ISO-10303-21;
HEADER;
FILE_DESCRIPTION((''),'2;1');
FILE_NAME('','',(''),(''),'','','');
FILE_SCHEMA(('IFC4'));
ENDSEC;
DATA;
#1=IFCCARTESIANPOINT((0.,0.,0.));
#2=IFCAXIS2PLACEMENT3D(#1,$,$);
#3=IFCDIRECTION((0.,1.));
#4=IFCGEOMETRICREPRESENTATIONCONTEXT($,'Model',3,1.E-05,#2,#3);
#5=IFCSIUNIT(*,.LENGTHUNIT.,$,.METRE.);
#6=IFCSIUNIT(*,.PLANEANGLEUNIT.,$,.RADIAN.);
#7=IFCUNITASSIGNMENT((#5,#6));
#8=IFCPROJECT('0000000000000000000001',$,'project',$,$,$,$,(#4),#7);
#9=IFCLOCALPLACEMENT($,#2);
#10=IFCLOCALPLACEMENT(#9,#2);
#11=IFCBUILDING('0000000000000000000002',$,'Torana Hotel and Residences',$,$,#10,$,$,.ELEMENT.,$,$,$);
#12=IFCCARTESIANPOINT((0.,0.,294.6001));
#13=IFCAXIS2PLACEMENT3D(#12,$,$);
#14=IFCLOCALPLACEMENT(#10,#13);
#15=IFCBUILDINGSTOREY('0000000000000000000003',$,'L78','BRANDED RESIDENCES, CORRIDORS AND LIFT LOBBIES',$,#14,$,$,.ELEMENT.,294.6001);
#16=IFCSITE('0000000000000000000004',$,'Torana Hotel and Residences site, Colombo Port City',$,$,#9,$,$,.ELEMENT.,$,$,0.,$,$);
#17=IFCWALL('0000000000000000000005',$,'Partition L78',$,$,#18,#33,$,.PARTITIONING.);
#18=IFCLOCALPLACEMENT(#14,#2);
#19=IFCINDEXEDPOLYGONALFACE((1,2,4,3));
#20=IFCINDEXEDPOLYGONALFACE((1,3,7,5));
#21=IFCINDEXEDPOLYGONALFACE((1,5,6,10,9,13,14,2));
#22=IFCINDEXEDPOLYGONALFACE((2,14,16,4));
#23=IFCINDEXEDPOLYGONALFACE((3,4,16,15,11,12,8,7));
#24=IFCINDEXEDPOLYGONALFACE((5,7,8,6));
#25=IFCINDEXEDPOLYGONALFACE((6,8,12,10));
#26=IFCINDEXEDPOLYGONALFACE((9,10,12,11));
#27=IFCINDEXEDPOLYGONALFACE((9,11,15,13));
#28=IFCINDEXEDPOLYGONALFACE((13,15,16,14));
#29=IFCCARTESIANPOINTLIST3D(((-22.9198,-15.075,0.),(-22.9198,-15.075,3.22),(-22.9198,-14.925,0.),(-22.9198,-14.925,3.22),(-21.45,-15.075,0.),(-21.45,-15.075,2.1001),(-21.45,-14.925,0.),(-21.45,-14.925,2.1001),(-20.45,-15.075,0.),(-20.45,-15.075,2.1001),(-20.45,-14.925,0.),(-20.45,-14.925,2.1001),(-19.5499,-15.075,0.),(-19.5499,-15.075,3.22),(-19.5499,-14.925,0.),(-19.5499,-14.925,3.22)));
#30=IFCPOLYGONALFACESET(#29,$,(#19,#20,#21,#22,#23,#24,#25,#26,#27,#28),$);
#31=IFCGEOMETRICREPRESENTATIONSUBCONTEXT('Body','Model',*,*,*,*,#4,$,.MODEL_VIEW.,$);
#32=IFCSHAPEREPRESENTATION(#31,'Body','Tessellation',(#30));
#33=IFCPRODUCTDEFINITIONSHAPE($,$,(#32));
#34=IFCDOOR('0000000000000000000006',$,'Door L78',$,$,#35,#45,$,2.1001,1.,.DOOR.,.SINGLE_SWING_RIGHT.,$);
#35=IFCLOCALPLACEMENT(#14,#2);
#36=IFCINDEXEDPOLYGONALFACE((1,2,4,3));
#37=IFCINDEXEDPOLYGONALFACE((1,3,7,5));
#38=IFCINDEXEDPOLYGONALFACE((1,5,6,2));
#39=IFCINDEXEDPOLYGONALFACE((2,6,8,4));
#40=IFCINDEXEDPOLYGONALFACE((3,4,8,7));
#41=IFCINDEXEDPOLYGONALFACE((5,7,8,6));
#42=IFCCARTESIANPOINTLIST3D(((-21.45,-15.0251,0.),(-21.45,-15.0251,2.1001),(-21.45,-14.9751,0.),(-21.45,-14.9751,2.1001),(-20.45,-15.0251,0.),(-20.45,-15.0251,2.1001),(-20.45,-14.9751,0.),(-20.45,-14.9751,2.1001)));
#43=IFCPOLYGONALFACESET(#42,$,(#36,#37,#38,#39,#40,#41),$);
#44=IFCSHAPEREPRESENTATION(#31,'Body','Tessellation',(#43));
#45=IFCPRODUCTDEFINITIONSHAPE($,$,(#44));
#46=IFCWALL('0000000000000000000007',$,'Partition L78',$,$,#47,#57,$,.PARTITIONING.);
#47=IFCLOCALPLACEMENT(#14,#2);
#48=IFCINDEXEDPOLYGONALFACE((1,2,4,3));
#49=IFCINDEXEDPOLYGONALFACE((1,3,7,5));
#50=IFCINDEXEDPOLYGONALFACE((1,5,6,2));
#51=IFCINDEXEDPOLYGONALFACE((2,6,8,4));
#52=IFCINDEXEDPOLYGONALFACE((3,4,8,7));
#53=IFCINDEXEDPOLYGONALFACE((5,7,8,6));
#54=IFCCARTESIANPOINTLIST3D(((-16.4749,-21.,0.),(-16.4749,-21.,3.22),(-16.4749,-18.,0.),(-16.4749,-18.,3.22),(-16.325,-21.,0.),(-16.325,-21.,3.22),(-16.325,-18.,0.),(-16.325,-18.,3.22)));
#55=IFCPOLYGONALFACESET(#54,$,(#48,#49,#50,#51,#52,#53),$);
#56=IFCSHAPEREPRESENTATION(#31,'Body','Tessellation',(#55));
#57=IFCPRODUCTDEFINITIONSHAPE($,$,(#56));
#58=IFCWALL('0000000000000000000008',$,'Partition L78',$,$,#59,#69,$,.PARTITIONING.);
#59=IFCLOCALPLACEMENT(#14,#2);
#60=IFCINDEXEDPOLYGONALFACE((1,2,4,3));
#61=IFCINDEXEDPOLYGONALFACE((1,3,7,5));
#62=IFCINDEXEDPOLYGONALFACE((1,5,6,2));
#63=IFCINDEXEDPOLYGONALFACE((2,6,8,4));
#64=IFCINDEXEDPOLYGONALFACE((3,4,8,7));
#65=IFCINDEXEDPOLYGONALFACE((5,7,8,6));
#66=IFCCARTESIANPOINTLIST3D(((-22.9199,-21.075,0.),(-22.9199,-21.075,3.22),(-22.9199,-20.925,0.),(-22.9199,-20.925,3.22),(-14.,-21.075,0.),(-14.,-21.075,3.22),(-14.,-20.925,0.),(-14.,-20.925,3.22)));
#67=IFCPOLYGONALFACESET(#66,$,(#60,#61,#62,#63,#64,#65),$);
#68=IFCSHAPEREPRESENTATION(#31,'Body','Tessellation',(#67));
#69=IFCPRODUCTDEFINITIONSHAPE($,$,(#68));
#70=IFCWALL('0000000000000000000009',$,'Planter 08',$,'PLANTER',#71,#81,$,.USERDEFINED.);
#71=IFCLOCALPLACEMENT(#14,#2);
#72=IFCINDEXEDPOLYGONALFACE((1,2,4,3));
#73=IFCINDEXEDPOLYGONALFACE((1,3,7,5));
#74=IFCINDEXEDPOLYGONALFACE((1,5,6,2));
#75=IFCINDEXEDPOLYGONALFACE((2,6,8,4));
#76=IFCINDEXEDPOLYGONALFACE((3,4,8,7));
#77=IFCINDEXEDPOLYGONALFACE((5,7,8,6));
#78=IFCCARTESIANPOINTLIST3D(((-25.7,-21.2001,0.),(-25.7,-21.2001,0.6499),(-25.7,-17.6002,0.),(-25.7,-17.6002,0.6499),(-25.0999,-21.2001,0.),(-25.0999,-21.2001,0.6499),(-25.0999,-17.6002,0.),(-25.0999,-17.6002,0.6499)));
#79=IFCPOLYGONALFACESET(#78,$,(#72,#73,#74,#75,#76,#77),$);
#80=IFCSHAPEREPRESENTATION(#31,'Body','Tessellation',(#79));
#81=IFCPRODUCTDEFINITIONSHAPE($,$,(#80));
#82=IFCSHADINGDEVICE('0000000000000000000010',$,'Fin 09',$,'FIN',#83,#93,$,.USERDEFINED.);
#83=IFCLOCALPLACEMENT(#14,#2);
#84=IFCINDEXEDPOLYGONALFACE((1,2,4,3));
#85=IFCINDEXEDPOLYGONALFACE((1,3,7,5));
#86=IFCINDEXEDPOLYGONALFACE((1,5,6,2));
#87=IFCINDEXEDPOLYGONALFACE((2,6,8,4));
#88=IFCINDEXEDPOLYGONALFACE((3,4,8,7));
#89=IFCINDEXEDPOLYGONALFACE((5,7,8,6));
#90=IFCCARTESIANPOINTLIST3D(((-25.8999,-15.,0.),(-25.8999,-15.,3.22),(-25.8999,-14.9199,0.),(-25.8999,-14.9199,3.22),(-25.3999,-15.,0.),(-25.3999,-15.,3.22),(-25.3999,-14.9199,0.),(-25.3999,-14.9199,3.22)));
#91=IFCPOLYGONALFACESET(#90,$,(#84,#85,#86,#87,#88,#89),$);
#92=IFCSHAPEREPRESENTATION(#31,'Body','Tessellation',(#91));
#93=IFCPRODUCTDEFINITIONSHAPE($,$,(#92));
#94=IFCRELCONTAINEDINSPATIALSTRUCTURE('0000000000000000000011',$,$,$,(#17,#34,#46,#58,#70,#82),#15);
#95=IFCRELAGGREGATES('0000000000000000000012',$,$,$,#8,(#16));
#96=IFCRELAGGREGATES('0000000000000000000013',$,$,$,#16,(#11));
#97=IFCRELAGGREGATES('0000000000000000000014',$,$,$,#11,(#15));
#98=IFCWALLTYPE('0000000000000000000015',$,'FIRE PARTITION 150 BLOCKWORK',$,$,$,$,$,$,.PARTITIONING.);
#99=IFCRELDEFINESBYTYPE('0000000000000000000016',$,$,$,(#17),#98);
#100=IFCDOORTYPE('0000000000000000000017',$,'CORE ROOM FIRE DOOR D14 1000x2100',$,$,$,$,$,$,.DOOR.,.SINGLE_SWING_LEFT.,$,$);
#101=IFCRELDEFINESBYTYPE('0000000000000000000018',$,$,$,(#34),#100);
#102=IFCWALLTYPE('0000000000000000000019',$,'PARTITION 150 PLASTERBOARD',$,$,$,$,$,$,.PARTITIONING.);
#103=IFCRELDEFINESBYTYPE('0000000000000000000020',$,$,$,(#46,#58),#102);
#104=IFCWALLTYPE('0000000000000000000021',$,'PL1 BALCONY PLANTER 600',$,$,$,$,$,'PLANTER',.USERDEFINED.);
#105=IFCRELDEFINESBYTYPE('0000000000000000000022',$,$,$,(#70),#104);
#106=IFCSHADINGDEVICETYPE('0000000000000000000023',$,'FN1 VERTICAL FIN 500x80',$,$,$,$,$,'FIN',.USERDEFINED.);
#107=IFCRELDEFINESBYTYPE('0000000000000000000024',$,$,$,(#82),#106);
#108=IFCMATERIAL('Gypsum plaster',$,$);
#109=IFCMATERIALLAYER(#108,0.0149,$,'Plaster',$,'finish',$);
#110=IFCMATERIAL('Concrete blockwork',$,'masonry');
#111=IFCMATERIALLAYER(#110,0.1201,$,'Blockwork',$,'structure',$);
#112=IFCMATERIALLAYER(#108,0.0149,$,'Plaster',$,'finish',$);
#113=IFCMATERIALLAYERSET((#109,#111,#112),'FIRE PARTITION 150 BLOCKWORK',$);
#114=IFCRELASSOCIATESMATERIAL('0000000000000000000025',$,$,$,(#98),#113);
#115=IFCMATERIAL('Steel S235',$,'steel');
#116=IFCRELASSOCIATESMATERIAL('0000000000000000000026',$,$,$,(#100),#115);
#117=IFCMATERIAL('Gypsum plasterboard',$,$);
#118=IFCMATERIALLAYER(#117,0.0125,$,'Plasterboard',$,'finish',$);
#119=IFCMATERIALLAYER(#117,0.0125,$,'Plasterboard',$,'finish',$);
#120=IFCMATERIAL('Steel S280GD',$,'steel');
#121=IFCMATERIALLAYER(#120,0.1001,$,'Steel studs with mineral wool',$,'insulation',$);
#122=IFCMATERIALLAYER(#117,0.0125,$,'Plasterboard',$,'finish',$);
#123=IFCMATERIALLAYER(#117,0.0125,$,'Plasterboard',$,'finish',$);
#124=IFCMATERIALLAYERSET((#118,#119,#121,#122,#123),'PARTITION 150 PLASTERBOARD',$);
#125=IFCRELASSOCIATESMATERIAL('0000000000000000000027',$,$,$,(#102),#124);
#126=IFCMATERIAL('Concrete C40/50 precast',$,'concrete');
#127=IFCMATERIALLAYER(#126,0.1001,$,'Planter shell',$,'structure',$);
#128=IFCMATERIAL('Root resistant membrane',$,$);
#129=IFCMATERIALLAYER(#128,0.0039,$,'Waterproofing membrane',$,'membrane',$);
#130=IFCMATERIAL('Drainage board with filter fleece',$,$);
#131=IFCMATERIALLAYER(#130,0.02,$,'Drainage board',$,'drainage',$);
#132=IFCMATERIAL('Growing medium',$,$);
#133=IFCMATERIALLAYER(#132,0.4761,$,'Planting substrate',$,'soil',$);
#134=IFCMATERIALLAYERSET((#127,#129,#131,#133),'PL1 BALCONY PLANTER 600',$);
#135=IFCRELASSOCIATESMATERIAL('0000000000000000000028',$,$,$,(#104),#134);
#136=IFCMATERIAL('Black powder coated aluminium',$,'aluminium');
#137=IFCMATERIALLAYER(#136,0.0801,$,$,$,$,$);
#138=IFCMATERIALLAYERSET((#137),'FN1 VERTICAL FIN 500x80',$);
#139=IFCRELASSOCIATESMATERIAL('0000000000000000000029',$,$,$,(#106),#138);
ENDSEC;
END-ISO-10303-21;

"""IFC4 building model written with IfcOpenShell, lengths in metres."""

from ifc_helpers import new_model, si_unit, direction, frame, frame_2d, origin, origin_2d, place, context, subcontext, project, spatial, rectangle, extrude, material, layer, layer_set, type_object, element, fill, save


model = new_model("IFC4")

# Units and contexts
model_context = context("Model", 3, precision=1e-05, world=origin(), true_north=direction((0.0, 1.0)))
body_context = subcontext(model_context, "Body", "Model", "MODEL_VIEW")
ifc_project = project(units=[si_unit("LENGTHUNIT", "METRE"), si_unit("PLANEANGLEUNIT", "RADIAN")], contexts=[model_context])

# Site, building, storey
site_placement = place(None, origin())
site = spatial("IfcSite", under=ifc_project, at=site_placement, Name="Torana Hotel and Residences site, Colombo Port City", CompositionType="ELEMENT", RefElevation=0.0)
building_placement = place(site_placement, origin())
building = spatial("IfcBuilding", under=site, at=building_placement, Name="Torana Hotel and Residences", CompositionType="ELEMENT")
storey_placement = place(building_placement, frame((0.0, 0.0, 294.6001)))
storey = spatial("IfcBuildingStorey", under=building, at=storey_placement, Name="L78", Description="BRANDED RESIDENCES, CORRIDORS AND LIFT LOBBIES", CompositionType="ELEMENT", Elevation=294.6001)

# Shared definitions
ifc_material_1 = material(Name="Gypsum plaster")
ifc_layer_1 = layer(ifc_material_1, 0.0149, Name="Plaster", Category="finish")
ifc_material_2 = material(Name="Concrete blockwork", Category="masonry")
ifc_layer_2 = layer(ifc_material_2, 0.1201, Name="Blockwork", Category="structure")
ifc_layer_3 = layer(ifc_material_1, 0.0149, Name="Plaster", Category="finish")
ifc_layer_set_1 = layer_set([ifc_layer_1, ifc_layer_2, ifc_layer_3], Name="FIRE PARTITION 150 BLOCKWORK")
wall_type_1 = type_object("IfcWallType", Name="FIRE PARTITION 150 BLOCKWORK", PredefinedType="PARTITIONING", material=ifc_layer_set_1)

# Wall, opening, door
wall_1_placement = place(storey_placement, frame((-22.9199, -15.0, 0.0), z_axis=(0.0, 0.0, 1.0), x_axis=(1.0, 0.0, 0.0)))
wall_1 = element("IfcWall", 1, at=wall_1_placement, inside=storey, type_object=wall_type_1, Name="Partition L78", PredefinedType="PARTITIONING", context=body_context, shape_type="SweptSolid", body=[
    extrude(rectangle(XDim=3.3699, YDim=0.1499, at=frame_2d((1.6851, 0.0))), origin(), (0.0, 0.0, 1.0), 3.22),
])
opening_1_placement = place(wall_1_placement, frame((1.47, 0.0, 0.0)))
opening_1 = element("IfcOpeningElement", 2, at=opening_1_placement, cuts=wall_1, PredefinedType="OPENING", context=body_context, shape_type="SweptSolid", body=[
    extrude(rectangle(XDim=1.0, YDim=2.1001, at=frame_2d((0.5, 1.05))), frame((0.0, 0.085, 0.0), z_axis=(0.0, -1.0, 0.0), x_axis=(1.0, 0.0, 0.0)), (0.0, 0.0, 1.0), 0.1699),
])
ifc_material_3 = material(Name="Steel S235", Category="steel")
door_type_1 = type_object("IfcDoorType", Name="CORE ROOM FIRE DOOR D14 1000x2100", OperationType="SINGLE_SWING_LEFT", PredefinedType="DOOR", material=ifc_material_3)
door_1_placement = place(opening_1_placement, origin())
door_1 = element("IfcDoor", 3, at=door_1_placement, inside=storey, type_object=door_type_1, Name="Door L78", OperationType="SINGLE_SWING_RIGHT", OverallHeight=2.1001, OverallWidth=1.0, PredefinedType="DOOR", context=body_context, shape_type="SweptSolid", body=[
    extrude(rectangle(XDim=1.0, YDim=2.1001, at=frame_2d((0.5, 1.05))), frame((0.0, 0.0249, 0.0), z_axis=(0.0, -1.0, 0.0), x_axis=(1.0, 0.0, 0.0)), (0.0, 0.0, 1.0), 0.05),
])
fill(opening_1, door_1)

# Walls
ifc_material_4 = material(Name="Gypsum plasterboard")
ifc_layer_4 = layer(ifc_material_4, 0.0125, Name="Plasterboard", Category="finish")
ifc_layer_5 = layer(ifc_material_4, 0.0125, Name="Plasterboard", Category="finish")
ifc_material_5 = material(Name="Steel S280GD", Category="steel")
ifc_layer_6 = layer(ifc_material_5, 0.1001, Name="Steel studs with mineral wool", Category="insulation")
ifc_layer_7 = layer(ifc_material_4, 0.0125, Name="Plasterboard", Category="finish")
ifc_layer_8 = layer(ifc_material_4, 0.0125, Name="Plasterboard", Category="finish")
ifc_layer_set_2 = layer_set([ifc_layer_4, ifc_layer_5, ifc_layer_6, ifc_layer_7, ifc_layer_8], Name="PARTITION 150 PLASTERBOARD")
wall_type_2 = type_object("IfcWallType", Name="PARTITION 150 PLASTERBOARD", PredefinedType="PARTITIONING", material=ifc_layer_set_2)
wall_2_placement = place(storey_placement, frame((-16.3999, -21.0, 0.0), z_axis=(0.0, 0.0, 1.0), x_axis=(0.0, 1.0, 0.0)))
element("IfcWall", 4, at=wall_2_placement, inside=storey, type_object=wall_type_2, Name="Partition L78", PredefinedType="PARTITIONING", context=body_context, shape_type="SweptSolid", body=[
    extrude(rectangle(XDim=3.0, YDim=0.1499, at=frame_2d((1.5, 0.0))), origin(), (0.0, 0.0, 1.0), 3.22),
])
wall_3_placement = place(storey_placement, frame((-22.9199, -21.0, 0.0), z_axis=(0.0, 0.0, 1.0), x_axis=(1.0, 0.0, 0.0)))
element("IfcWall", 5, at=wall_3_placement, inside=storey, type_object=wall_type_2, Name="Partition L78", PredefinedType="PARTITIONING", context=body_context, shape_type="SweptSolid", body=[
    extrude(rectangle(XDim=8.9199, YDim=0.1499, at=frame_2d((4.46, 0.0))), origin(), (0.0, 0.0, 1.0), 3.22),
])
ifc_material_6 = material(Name="Concrete C40/50 precast", Category="concrete")
ifc_layer_9 = layer(ifc_material_6, 0.1001, Name="Planter shell", Category="structure")
ifc_material_7 = material(Name="Root resistant membrane")
ifc_layer_10 = layer(ifc_material_7, 0.0039, Name="Waterproofing membrane", Category="membrane")
ifc_material_8 = material(Name="Drainage board with filter fleece")
ifc_layer_11 = layer(ifc_material_8, 0.02, Name="Drainage board", Category="drainage")
ifc_material_9 = material(Name="Growing medium")
ifc_layer_12 = layer(ifc_material_9, 0.4761, Name="Planting substrate", Category="soil")
ifc_layer_set_3 = layer_set([ifc_layer_9, ifc_layer_10, ifc_layer_11, ifc_layer_12], Name="PL1 BALCONY PLANTER 600")
wall_type_3 = type_object("IfcWallType", Name="PL1 BALCONY PLANTER 600", ElementType="PLANTER", PredefinedType="USERDEFINED", material=ifc_layer_set_3)
wall_4_placement = place(storey_placement, frame((-25.3999, -21.2, 0.0), z_axis=(0.0, 0.0, 1.0), x_axis=(0.0, 1.0, 0.0)))
element("IfcWall", 6, at=wall_4_placement, inside=storey, type_object=wall_type_3, Name="Planter 08", ObjectType="PLANTER", PredefinedType="USERDEFINED", context=body_context, shape_type="SweptSolid", body=[
    extrude(rectangle(XDim=3.5999, YDim=0.6001, at=frame_2d((1.7998, 0.0))), origin(), (0.0, 0.0, 1.0), 0.6499),
])

# Shading device
ifc_material_10 = material(Name="Black powder coated aluminium", Category="aluminium")
ifc_layer_13 = layer(ifc_material_10, 0.0801)
ifc_layer_set_4 = layer_set([ifc_layer_13], Name="FN1 VERTICAL FIN 500x80")
shading_device_type = type_object("IfcShadingDeviceType", Name="FN1 VERTICAL FIN 500x80", ElementType="FIN", PredefinedType="USERDEFINED", material=ifc_layer_set_4)
shading_device_placement = place(storey_placement, frame((-25.6499, -14.96, 0.0), z_axis=(0.0, 0.0, 1.0), x_axis=(0.0, 1.0, 0.0)))
element("IfcShadingDevice", 7, at=shading_device_placement, inside=storey, type_object=shading_device_type, Name="Fin 09", ObjectType="FIN", PredefinedType="USERDEFINED", context=body_context, shape_type="SweptSolid", body=[
    extrude(rectangle(XDim=0.0801, YDim=0.5, at=origin_2d()), origin(), (0.0, 0.0, 1.0), 3.22),
])

save(model, "model.ifc")
